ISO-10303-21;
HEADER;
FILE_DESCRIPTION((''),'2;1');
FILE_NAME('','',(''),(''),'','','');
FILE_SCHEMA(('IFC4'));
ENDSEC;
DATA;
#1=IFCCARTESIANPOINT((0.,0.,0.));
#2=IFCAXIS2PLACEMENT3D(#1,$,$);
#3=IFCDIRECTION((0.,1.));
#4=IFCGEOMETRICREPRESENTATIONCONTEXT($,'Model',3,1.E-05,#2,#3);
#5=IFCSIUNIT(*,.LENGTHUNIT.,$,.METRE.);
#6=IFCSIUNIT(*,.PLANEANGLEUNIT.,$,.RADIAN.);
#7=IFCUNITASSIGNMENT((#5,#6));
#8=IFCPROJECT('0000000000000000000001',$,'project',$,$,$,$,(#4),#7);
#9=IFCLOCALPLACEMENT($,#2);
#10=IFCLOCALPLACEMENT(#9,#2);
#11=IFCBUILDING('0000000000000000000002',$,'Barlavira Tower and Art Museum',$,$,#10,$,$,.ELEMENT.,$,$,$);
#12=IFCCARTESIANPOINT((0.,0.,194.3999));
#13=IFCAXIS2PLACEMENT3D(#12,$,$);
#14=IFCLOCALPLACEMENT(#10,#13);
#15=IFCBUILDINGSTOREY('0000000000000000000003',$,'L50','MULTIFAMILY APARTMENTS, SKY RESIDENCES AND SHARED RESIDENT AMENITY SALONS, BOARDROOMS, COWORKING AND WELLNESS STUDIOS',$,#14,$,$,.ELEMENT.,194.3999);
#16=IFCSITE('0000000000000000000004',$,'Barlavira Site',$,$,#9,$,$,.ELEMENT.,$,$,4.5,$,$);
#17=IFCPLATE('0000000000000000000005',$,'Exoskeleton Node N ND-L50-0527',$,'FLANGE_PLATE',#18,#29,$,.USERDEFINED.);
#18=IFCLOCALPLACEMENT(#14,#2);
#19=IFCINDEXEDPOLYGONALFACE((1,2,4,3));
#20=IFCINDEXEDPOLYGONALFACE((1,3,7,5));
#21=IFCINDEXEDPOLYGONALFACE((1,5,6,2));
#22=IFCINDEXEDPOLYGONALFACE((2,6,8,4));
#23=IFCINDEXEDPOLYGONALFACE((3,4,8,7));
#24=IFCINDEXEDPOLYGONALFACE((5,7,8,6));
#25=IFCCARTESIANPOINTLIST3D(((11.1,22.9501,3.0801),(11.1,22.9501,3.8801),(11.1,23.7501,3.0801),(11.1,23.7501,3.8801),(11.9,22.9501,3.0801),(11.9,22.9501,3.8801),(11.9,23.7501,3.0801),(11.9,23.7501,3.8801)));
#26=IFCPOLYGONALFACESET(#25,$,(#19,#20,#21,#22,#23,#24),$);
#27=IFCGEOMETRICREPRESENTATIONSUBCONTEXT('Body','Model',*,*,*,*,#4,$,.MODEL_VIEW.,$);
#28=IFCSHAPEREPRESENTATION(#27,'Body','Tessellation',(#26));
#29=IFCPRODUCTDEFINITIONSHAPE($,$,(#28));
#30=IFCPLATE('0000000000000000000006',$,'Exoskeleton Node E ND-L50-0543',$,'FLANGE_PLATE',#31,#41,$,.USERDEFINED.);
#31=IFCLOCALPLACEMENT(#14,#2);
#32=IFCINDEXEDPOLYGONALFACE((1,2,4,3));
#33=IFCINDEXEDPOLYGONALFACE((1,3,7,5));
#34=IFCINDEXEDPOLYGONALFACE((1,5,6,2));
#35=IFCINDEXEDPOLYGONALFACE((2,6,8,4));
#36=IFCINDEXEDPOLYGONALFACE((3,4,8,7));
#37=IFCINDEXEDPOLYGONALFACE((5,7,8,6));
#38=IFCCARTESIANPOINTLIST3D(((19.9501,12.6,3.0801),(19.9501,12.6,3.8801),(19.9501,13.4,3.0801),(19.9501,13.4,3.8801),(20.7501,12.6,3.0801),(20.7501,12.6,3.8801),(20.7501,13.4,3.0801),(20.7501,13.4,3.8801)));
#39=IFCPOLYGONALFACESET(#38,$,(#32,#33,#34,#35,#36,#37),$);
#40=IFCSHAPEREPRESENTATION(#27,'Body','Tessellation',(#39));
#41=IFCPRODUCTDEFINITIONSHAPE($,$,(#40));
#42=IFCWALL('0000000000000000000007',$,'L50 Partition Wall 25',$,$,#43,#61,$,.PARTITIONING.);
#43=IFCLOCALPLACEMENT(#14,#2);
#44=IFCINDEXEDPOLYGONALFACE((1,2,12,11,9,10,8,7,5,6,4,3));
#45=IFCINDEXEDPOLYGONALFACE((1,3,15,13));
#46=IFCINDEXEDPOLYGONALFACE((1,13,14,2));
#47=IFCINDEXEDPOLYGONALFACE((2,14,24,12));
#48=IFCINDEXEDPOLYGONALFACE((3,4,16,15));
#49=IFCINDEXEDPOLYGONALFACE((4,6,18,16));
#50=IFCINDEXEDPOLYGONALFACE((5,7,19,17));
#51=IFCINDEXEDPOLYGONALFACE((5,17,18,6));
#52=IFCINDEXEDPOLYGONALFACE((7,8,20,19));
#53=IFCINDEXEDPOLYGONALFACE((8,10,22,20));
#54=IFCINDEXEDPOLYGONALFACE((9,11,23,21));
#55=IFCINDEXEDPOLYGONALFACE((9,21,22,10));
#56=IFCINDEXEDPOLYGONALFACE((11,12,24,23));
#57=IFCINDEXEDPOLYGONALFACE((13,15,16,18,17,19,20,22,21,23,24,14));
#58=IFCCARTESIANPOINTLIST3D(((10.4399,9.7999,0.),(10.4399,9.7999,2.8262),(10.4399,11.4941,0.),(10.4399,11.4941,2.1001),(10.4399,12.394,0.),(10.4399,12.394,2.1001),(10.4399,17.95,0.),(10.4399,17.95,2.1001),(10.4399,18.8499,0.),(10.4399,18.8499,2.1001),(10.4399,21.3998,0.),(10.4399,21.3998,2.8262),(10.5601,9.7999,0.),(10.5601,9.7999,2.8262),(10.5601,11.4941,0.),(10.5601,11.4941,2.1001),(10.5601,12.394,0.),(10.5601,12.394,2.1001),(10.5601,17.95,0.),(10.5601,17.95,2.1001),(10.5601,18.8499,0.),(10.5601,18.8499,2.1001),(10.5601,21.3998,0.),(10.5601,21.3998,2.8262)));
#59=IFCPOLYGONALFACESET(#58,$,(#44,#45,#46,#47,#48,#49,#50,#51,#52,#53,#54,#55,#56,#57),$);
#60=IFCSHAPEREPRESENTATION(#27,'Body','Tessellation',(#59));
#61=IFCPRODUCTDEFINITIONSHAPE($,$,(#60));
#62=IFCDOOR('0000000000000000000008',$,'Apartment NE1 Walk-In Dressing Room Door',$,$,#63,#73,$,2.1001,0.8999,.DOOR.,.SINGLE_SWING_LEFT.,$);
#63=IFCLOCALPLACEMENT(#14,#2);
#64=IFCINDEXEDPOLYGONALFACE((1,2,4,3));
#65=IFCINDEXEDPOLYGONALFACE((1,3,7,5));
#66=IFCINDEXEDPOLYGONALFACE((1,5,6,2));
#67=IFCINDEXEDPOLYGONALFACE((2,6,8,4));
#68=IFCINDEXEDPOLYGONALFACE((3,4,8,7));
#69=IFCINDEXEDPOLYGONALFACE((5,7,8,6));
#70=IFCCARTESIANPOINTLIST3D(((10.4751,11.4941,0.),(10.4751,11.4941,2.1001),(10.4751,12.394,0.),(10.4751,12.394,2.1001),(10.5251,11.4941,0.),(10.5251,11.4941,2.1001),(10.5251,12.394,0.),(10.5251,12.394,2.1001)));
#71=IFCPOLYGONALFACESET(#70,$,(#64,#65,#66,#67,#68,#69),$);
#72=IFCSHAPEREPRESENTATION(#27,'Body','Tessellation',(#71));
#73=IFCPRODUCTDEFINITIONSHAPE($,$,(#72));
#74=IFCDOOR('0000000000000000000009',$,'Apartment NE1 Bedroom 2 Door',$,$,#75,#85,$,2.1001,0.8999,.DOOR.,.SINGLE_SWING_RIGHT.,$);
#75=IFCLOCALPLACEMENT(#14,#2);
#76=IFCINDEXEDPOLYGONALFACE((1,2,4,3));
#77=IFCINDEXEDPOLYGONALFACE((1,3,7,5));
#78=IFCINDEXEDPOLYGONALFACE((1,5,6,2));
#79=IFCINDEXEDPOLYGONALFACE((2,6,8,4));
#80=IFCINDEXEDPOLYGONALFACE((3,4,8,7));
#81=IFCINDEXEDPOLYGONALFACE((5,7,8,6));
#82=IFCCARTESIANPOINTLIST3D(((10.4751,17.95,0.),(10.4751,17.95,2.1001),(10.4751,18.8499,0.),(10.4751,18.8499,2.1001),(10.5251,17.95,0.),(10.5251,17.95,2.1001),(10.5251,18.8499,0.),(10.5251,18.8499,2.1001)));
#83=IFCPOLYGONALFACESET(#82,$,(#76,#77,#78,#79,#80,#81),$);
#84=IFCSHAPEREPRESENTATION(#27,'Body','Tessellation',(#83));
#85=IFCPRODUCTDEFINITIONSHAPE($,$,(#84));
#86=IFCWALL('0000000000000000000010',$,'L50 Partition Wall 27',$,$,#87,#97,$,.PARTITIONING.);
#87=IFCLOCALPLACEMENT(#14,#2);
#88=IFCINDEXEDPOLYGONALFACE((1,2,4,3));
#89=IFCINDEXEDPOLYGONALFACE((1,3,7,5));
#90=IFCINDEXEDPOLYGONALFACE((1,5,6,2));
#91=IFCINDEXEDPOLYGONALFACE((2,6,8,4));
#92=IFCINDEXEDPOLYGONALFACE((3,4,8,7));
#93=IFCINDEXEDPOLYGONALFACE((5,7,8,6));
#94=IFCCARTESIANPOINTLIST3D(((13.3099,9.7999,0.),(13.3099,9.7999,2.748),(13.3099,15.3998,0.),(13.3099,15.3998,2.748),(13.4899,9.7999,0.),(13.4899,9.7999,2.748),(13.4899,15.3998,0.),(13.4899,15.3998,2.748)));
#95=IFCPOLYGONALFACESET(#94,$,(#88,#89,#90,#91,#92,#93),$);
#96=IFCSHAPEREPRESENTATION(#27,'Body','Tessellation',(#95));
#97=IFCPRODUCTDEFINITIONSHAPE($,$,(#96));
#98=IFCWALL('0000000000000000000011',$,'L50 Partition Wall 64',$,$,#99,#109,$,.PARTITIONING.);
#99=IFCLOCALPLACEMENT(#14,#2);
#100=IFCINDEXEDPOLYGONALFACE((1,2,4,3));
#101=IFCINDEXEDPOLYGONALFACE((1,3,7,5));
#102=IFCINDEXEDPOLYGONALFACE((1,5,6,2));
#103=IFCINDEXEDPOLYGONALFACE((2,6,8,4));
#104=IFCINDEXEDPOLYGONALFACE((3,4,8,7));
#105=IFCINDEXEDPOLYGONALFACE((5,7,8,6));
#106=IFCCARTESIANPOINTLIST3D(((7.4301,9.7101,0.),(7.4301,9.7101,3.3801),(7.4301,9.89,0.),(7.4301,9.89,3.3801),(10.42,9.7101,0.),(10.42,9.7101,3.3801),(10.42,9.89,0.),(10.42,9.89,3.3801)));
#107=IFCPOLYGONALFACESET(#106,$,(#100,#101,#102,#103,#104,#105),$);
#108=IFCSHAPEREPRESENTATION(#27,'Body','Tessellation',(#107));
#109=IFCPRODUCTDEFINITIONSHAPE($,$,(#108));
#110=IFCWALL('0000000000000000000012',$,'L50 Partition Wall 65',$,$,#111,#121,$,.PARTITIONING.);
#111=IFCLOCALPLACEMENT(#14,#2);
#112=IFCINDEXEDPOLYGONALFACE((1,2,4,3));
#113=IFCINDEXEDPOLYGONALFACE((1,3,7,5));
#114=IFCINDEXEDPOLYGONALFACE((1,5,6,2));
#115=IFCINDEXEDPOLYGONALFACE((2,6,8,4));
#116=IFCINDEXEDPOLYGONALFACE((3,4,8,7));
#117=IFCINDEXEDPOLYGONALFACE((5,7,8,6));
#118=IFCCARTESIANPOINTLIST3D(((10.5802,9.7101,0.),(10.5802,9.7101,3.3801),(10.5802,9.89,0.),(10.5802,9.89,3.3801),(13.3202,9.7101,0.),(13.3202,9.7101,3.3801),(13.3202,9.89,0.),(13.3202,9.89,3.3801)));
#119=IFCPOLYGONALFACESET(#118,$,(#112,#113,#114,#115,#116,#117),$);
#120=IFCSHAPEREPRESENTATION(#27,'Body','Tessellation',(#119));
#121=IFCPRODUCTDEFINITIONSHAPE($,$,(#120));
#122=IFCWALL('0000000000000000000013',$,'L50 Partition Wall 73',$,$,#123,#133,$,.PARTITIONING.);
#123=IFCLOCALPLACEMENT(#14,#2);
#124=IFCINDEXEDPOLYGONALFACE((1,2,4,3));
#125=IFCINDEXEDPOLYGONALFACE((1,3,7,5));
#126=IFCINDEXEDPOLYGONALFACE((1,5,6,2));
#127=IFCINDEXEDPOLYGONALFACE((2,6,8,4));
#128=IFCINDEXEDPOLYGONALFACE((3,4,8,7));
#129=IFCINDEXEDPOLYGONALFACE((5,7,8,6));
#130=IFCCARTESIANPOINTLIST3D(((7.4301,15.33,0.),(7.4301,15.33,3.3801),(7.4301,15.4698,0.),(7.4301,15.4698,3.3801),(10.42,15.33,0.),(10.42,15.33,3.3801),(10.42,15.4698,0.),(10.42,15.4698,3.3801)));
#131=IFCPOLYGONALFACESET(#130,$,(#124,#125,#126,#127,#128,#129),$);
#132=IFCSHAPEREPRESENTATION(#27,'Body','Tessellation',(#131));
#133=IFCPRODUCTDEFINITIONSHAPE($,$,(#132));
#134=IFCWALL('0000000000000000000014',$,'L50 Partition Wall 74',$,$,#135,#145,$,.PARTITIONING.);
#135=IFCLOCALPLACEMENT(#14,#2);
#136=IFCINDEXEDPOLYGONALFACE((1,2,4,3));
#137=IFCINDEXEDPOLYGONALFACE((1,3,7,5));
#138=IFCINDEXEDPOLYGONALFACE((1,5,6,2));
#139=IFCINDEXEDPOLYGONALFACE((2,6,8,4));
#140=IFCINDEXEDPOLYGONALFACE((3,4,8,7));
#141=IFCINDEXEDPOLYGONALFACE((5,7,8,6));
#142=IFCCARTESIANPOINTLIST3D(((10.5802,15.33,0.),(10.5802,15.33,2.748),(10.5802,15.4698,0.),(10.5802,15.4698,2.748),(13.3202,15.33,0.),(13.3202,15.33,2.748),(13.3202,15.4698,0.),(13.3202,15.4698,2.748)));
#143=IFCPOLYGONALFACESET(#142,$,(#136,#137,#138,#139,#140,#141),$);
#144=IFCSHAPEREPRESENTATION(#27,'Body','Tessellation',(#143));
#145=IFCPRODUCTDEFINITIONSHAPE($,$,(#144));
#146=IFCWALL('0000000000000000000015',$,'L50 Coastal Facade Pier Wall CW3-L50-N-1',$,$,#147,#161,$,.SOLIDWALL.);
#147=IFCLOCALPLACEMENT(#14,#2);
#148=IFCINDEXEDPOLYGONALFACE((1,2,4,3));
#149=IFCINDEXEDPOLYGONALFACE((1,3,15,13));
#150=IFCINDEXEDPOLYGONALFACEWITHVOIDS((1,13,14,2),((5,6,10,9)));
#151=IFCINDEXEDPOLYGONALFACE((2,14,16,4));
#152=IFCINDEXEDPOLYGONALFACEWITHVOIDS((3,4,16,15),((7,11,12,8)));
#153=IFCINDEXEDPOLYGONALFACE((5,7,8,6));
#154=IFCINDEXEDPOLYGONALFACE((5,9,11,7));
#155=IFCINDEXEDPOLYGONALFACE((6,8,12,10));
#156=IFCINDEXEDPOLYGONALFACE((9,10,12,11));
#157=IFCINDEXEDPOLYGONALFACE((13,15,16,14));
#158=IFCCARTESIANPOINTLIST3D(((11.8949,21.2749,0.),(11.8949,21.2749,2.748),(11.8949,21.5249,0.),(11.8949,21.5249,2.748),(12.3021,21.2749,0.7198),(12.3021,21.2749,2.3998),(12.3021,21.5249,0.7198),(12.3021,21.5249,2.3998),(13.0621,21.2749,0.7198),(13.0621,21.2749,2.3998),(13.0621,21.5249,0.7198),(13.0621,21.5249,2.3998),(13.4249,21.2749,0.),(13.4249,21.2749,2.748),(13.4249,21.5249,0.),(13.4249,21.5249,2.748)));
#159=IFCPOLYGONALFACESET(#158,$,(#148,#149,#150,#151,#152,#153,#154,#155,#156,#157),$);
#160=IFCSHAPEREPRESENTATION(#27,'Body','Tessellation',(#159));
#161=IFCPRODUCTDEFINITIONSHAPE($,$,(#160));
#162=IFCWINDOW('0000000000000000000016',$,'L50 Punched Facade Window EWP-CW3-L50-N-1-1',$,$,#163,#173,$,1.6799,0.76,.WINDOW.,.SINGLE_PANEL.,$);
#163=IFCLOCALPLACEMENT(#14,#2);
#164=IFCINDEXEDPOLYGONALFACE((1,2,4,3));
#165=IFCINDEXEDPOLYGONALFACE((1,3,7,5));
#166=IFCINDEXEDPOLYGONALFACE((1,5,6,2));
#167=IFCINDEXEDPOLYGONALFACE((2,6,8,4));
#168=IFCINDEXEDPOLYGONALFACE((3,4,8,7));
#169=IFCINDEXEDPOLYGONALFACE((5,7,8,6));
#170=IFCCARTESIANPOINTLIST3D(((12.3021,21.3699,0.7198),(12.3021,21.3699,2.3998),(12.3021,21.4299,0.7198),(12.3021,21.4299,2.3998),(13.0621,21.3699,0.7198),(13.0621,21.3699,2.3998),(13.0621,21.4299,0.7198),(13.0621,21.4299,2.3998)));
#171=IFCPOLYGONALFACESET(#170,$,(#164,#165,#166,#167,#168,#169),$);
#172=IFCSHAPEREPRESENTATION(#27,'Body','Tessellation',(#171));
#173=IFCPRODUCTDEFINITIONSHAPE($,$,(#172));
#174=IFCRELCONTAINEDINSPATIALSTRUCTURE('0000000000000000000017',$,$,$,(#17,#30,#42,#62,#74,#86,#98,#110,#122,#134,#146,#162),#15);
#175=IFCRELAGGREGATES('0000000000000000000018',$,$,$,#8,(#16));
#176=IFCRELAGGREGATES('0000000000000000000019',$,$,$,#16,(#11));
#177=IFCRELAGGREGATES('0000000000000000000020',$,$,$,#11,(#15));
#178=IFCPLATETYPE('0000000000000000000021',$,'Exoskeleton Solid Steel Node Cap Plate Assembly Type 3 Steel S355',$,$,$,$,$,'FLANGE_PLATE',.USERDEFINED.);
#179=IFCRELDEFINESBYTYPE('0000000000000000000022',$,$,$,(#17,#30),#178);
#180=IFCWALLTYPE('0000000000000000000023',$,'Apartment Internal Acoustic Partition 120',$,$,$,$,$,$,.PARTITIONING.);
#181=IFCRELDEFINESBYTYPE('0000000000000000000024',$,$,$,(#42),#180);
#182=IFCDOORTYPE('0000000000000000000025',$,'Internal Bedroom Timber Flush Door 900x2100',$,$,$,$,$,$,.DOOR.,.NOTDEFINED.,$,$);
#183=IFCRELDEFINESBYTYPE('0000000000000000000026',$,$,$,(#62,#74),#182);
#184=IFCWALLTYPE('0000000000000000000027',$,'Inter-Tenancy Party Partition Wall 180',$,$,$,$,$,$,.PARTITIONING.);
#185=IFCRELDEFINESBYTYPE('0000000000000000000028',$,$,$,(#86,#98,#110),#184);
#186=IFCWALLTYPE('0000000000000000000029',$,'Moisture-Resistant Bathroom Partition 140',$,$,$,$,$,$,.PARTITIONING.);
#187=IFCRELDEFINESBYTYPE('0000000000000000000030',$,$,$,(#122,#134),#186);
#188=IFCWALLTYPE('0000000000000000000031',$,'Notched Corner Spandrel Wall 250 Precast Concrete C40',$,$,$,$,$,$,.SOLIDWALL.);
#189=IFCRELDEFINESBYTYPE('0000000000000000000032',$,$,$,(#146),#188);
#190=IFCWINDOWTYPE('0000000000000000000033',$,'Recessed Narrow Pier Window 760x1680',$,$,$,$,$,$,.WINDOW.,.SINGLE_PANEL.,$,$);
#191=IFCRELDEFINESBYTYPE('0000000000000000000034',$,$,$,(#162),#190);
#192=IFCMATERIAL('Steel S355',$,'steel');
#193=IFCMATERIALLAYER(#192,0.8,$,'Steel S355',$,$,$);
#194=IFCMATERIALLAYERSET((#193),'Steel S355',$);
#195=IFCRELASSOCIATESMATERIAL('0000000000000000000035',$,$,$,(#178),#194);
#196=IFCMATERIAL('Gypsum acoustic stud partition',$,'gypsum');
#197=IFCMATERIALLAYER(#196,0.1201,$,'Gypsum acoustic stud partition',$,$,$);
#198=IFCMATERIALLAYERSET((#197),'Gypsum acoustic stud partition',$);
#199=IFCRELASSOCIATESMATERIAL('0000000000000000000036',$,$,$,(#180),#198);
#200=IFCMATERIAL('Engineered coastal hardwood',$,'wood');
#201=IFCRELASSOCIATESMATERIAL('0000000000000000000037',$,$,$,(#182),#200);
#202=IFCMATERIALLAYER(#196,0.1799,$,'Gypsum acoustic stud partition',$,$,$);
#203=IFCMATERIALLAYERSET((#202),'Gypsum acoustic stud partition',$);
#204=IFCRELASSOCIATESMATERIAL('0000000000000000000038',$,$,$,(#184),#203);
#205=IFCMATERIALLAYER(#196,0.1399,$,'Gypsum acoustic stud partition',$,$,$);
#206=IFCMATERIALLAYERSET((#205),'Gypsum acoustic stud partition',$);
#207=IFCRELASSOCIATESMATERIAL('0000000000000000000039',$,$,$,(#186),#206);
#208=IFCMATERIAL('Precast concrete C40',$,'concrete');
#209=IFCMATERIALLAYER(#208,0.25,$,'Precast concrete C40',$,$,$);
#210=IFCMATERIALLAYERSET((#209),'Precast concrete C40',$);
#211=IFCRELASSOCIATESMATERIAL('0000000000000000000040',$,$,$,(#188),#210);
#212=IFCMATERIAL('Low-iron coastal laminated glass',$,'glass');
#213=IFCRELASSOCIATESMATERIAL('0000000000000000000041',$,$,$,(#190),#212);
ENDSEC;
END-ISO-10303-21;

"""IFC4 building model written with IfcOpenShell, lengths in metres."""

from ifc_helpers import new_model, si_unit, direction, frame, frame_2d, origin, origin_2d, place, context, subcontext, project, spatial, rectangle, extrude, material, layer, layer_set, type_object, element, fill, save


model = new_model("IFC4")

# Units and contexts
model_context = context("Model", 3, precision=1e-05, world=origin(), true_north=direction((0.0, 1.0)))
body_context = subcontext(model_context, "Body", "Model", "MODEL_VIEW")
ifc_project = project(units=[si_unit("LENGTHUNIT", "METRE"), si_unit("PLANEANGLEUNIT", "RADIAN")], contexts=[model_context])

# Site, building, storey
site_placement = place(None, origin())
site = spatial("IfcSite", under=ifc_project, at=site_placement, Name="Barlavira Site", CompositionType="ELEMENT", RefElevation=4.5)
building_placement = place(site_placement, origin())
building = spatial("IfcBuilding", under=site, at=building_placement, Name="Barlavira Tower and Art Museum", CompositionType="ELEMENT")
storey_placement = place(building_placement, frame((0.0, 0.0, 194.3999)))
storey = spatial("IfcBuildingStorey", under=building, at=storey_placement, Name="L50", Description="MULTIFAMILY APARTMENTS, SKY RESIDENCES AND SHARED RESIDENT AMENITY SALONS, BOARDROOMS, COWORKING AND WELLNESS STUDIOS", CompositionType="ELEMENT", Elevation=194.3999)

# Shared definitions
ifc_material_1 = material(Name="Steel S355", Category="steel")

# Plates
ifc_layer_1 = layer(ifc_material_1, 0.8, Name="Steel S355")
ifc_layer_set_1 = layer_set([ifc_layer_1], Name="Steel S355")
plate_type = type_object("IfcPlateType", Name="Exoskeleton Solid Steel Node Cap Plate Assembly Type 3 Steel S355", ElementType="FLANGE_PLATE", PredefinedType="USERDEFINED", material=ifc_layer_set_1)
for number, where, z_axis, x_axis, name in (
    (1, (11.5, 23.3501, 3.0801), (0.0, 0.0, 1.0), (1.0, 0.0, 0.0), "Exoskeleton Node N ND-L50-0527"),
    (2, (20.3501, 13.0, 3.0801), (0.0, 0.0, 1.0), (1.0, 0.0, 0.0), "Exoskeleton Node E ND-L50-0543"),
):
    element("IfcPlate", number, at=place(storey_placement, frame(where, z_axis=z_axis, x_axis=x_axis)), inside=storey, type_object=plate_type, Name=name, ObjectType="FLANGE_PLATE", PredefinedType="USERDEFINED", context=body_context, shape_type="SweptSolid", body=[
        extrude(rectangle(XDim=0.8, YDim=0.8, at=origin_2d()), origin(), (0.0, 0.0, 1.0), 0.8),
    ])

# Wall, openings, doors
ifc_material_2 = material(Name="Gypsum acoustic stud partition", Category="gypsum")
ifc_layer_2 = layer(ifc_material_2, 0.1201, Name="Gypsum acoustic stud partition")
ifc_layer_set_2 = layer_set([ifc_layer_2], Name="Gypsum acoustic stud partition")
wall_type_1 = type_object("IfcWallType", Name="Apartment Internal Acoustic Partition 120", PredefinedType="PARTITIONING", material=ifc_layer_set_2)
wall_1_placement = place(storey_placement, frame((10.5, 9.8, 0.0), z_axis=(0.0, 0.0, 1.0), x_axis=(0.0, 1.0, 0.0)))
wall_1 = element("IfcWall", 3, at=wall_1_placement, inside=storey, type_object=wall_type_1, Name="L50 Partition Wall 25", PredefinedType="PARTITIONING", context=body_context, shape_type="SweptSolid", body=[
    extrude(rectangle(XDim=11.5999, YDim=0.1201, at=frame_2d((5.7998, 0.0))), origin(), (0.0, 0.0, 1.0), 2.8262),
])
opening_1_placement = place(wall_1_placement, frame((1.6941, 0.0, 0.0)))
opening_1 = element("IfcOpeningElement", 4, at=opening_1_placement, cuts=wall_1, PredefinedType="OPENING", context=body_context, shape_type="SweptSolid", body=[
    extrude(rectangle(XDim=0.8999, YDim=2.1001, at=frame_2d((0.45, 1.05))), frame((0.0, 0.0701, 0.0), z_axis=(0.0, -1.0, 0.0), x_axis=(1.0, 0.0, 0.0)), (0.0, 0.0, 1.0), 0.1401),
])
opening_2_placement = place(wall_1_placement, frame((8.1499, 0.0, 0.0)))
opening_2 = element("IfcOpeningElement", 5, at=opening_2_placement, cuts=wall_1, PredefinedType="OPENING", context=body_context, shape_type="SweptSolid", body=[
    extrude(rectangle(XDim=0.8999, YDim=2.1001, at=frame_2d((0.45, 1.05))), frame((0.0, 0.0701, 0.0), z_axis=(0.0, -1.0, 0.0), x_axis=(1.0, 0.0, 0.0)), (0.0, 0.0, 1.0), 0.1401),
])
ifc_material_3 = material(Name="Engineered coastal hardwood", Category="wood")
door_type = type_object("IfcDoorType", Name="Internal Bedroom Timber Flush Door 900x2100", OperationType="NOTDEFINED", PredefinedType="DOOR", material=ifc_material_3)
door_1_placement = place(opening_1_placement, origin())
door_1 = element("IfcDoor", 6, at=door_1_placement, inside=storey, type_object=door_type, Name="Apartment NE1 Walk-In Dressing Room Door", OperationType="SINGLE_SWING_LEFT", OverallHeight=2.1001, OverallWidth=0.8999, PredefinedType="DOOR", context=body_context, shape_type="SweptSolid", body=[
    extrude(rectangle(XDim=0.8999, YDim=2.1001, at=frame_2d((0.45, 1.05))), frame((0.0, 0.0249, 0.0), z_axis=(0.0, -1.0, 0.0), x_axis=(1.0, 0.0, 0.0)), (0.0, 0.0, 1.0), 0.05),
])
fill(opening_1, door_1)
door_2_placement = place(opening_2_placement, origin())
door_2 = element("IfcDoor", 7, at=door_2_placement, inside=storey, type_object=door_type, Name="Apartment NE1 Bedroom 2 Door", OperationType="SINGLE_SWING_RIGHT", OverallHeight=2.1001, OverallWidth=0.8999, PredefinedType="DOOR", context=body_context, shape_type="SweptSolid", body=[
    extrude(rectangle(XDim=0.8999, YDim=2.1001, at=frame_2d((0.45, 1.05))), frame((0.0, 0.0249, 0.0), z_axis=(0.0, -1.0, 0.0), x_axis=(1.0, 0.0, 0.0)), (0.0, 0.0, 1.0), 0.05),
])
fill(opening_2, door_2)

# Walls
ifc_layer_3 = layer(ifc_material_2, 0.1799, Name="Gypsum acoustic stud partition")
ifc_layer_set_3 = layer_set([ifc_layer_3], Name="Gypsum acoustic stud partition")
wall_type_2 = type_object("IfcWallType", Name="Inter-Tenancy Party Partition Wall 180", PredefinedType="PARTITIONING", material=ifc_layer_set_3)
wall_2_placement = place(storey_placement, frame((13.3999, 9.8, 0.0), z_axis=(0.0, 0.0, 1.0), x_axis=(0.0, 1.0, 0.0)))
element("IfcWall", 8, at=wall_2_placement, inside=storey, type_object=wall_type_2, Name="L50 Partition Wall 27", PredefinedType="PARTITIONING", context=body_context, shape_type="SweptSolid", body=[
    extrude(rectangle(XDim=5.5999, YDim=0.1799, at=frame_2d((2.7998, 0.0))), origin(), (0.0, 0.0, 1.0), 2.748),
])
wall_3_placement = place(storey_placement, frame((7.4299, 9.8, 0.0), z_axis=(0.0, 0.0, 1.0), x_axis=(1.0, 0.0, 0.0)))
element("IfcWall", 9, at=wall_3_placement, inside=storey, type_object=wall_type_2, Name="L50 Partition Wall 64", PredefinedType="PARTITIONING", context=body_context, shape_type="SweptSolid", body=[
    extrude(rectangle(XDim=2.99, YDim=0.1799, at=frame_2d((1.4951, 0.0))), origin(), (0.0, 0.0, 1.0), 3.3801),
])
wall_4_placement = place(storey_placement, frame((10.5801, 9.8, 0.0), z_axis=(0.0, 0.0, 1.0), x_axis=(1.0, 0.0, 0.0)))
element("IfcWall", 10, at=wall_4_placement, inside=storey, type_object=wall_type_2, Name="L50 Partition Wall 65", PredefinedType="PARTITIONING", context=body_context, shape_type="SweptSolid", body=[
    extrude(rectangle(XDim=2.74, YDim=0.1799, at=frame_2d((1.3701, 0.0))), origin(), (0.0, 0.0, 1.0), 3.3801),
])
ifc_layer_4 = layer(ifc_material_2, 0.1399, Name="Gypsum acoustic stud partition")
ifc_layer_set_4 = layer_set([ifc_layer_4], Name="Gypsum acoustic stud partition")
wall_type_3 = type_object("IfcWallType", Name="Moisture-Resistant Bathroom Partition 140", PredefinedType="PARTITIONING", material=ifc_layer_set_4)
wall_5_placement = place(storey_placement, frame((7.4299, 15.3999, 0.0), z_axis=(0.0, 0.0, 1.0), x_axis=(1.0, 0.0, 0.0)))
element("IfcWall", 11, at=wall_5_placement, inside=storey, type_object=wall_type_3, Name="L50 Partition Wall 73", PredefinedType="PARTITIONING", context=body_context, shape_type="SweptSolid", body=[
    extrude(rectangle(XDim=2.99, YDim=0.1399, at=frame_2d((1.4951, 0.0))), origin(), (0.0, 0.0, 1.0), 3.3801),
])
wall_6_placement = place(storey_placement, frame((10.5801, 15.3999, 0.0), z_axis=(0.0, 0.0, 1.0), x_axis=(1.0, 0.0, 0.0)))
element("IfcWall", 12, at=wall_6_placement, inside=storey, type_object=wall_type_3, Name="L50 Partition Wall 74", PredefinedType="PARTITIONING", context=body_context, shape_type="SweptSolid", body=[
    extrude(rectangle(XDim=2.74, YDim=0.1399, at=frame_2d((1.3701, 0.0))), origin(), (0.0, 0.0, 1.0), 2.748),
])

# Wall, opening, window
ifc_material_4 = material(Name="Precast concrete C40", Category="concrete")
ifc_layer_5 = layer(ifc_material_4, 0.25, Name="Precast concrete C40")
ifc_layer_set_5 = layer_set([ifc_layer_5], Name="Precast concrete C40")
wall_type_4 = type_object("IfcWallType", Name="Notched Corner Spandrel Wall 250 Precast Concrete C40", PredefinedType="SOLIDWALL", material=ifc_layer_set_5)
wall_7_placement = place(storey_placement, frame((13.425, 21.3999, 0.0), z_axis=(0.0, 0.0, 1.0), x_axis=(-1.0, 0.0, 0.0)))
wall_7 = element("IfcWall", 13, at=wall_7_placement, inside=storey, type_object=wall_type_4, Name="L50 Coastal Facade Pier Wall CW3-L50-N-1", PredefinedType="SOLIDWALL", context=body_context, shape_type="SweptSolid", body=[
    extrude(rectangle(XDim=1.53, YDim=0.25, at=frame_2d((0.7651, 0.0))), origin(), (0.0, 0.0, 1.0), 2.748),
])
opening_3_placement = place(wall_7_placement, frame((0.363, 0.0, 0.72)))
opening_3 = element("IfcOpeningElement", 14, at=opening_3_placement, cuts=wall_7, PredefinedType="OPENING", context=body_context, shape_type="SweptSolid", body=[
    extrude(rectangle(XDim=0.76, YDim=1.6799, at=frame_2d((0.3799, 0.8398))), frame((0.0, 0.135, 0.0), z_axis=(0.0, -1.0, 0.0), x_axis=(1.0, 0.0, 0.0)), (0.0, 0.0, 1.0), 0.27),
])
ifc_material_5 = material(Name="Low-iron coastal laminated glass", Category="glass")
window_type_1 = type_object("IfcWindowType", Name="Recessed Narrow Pier Window 760x1680", PartitioningType="SINGLE_PANEL", PredefinedType="WINDOW", material=ifc_material_5)
window_1_placement = place(opening_3_placement, origin())
window_1 = element("IfcWindow", 15, at=window_1_placement, inside=storey, type_object=window_type_1, Name="L50 Punched Facade Window EWP-CW3-L50-N-1-1", OverallHeight=1.6799, OverallWidth=0.76, PartitioningType="SINGLE_PANEL", PredefinedType="WINDOW", context=body_context, shape_type="SweptSolid", body=[
    extrude(rectangle(XDim=0.76, YDim=1.6799, at=frame_2d((0.3799, 0.8398))), frame((0.0, 0.03, 0.0), z_axis=(0.0, -1.0, 0.0), x_axis=(1.0, 0.0, 0.0)), (0.0, 0.0, 1.0), 0.0601),
])
fill(opening_3, window_1)

save(model, "model.ifc")
